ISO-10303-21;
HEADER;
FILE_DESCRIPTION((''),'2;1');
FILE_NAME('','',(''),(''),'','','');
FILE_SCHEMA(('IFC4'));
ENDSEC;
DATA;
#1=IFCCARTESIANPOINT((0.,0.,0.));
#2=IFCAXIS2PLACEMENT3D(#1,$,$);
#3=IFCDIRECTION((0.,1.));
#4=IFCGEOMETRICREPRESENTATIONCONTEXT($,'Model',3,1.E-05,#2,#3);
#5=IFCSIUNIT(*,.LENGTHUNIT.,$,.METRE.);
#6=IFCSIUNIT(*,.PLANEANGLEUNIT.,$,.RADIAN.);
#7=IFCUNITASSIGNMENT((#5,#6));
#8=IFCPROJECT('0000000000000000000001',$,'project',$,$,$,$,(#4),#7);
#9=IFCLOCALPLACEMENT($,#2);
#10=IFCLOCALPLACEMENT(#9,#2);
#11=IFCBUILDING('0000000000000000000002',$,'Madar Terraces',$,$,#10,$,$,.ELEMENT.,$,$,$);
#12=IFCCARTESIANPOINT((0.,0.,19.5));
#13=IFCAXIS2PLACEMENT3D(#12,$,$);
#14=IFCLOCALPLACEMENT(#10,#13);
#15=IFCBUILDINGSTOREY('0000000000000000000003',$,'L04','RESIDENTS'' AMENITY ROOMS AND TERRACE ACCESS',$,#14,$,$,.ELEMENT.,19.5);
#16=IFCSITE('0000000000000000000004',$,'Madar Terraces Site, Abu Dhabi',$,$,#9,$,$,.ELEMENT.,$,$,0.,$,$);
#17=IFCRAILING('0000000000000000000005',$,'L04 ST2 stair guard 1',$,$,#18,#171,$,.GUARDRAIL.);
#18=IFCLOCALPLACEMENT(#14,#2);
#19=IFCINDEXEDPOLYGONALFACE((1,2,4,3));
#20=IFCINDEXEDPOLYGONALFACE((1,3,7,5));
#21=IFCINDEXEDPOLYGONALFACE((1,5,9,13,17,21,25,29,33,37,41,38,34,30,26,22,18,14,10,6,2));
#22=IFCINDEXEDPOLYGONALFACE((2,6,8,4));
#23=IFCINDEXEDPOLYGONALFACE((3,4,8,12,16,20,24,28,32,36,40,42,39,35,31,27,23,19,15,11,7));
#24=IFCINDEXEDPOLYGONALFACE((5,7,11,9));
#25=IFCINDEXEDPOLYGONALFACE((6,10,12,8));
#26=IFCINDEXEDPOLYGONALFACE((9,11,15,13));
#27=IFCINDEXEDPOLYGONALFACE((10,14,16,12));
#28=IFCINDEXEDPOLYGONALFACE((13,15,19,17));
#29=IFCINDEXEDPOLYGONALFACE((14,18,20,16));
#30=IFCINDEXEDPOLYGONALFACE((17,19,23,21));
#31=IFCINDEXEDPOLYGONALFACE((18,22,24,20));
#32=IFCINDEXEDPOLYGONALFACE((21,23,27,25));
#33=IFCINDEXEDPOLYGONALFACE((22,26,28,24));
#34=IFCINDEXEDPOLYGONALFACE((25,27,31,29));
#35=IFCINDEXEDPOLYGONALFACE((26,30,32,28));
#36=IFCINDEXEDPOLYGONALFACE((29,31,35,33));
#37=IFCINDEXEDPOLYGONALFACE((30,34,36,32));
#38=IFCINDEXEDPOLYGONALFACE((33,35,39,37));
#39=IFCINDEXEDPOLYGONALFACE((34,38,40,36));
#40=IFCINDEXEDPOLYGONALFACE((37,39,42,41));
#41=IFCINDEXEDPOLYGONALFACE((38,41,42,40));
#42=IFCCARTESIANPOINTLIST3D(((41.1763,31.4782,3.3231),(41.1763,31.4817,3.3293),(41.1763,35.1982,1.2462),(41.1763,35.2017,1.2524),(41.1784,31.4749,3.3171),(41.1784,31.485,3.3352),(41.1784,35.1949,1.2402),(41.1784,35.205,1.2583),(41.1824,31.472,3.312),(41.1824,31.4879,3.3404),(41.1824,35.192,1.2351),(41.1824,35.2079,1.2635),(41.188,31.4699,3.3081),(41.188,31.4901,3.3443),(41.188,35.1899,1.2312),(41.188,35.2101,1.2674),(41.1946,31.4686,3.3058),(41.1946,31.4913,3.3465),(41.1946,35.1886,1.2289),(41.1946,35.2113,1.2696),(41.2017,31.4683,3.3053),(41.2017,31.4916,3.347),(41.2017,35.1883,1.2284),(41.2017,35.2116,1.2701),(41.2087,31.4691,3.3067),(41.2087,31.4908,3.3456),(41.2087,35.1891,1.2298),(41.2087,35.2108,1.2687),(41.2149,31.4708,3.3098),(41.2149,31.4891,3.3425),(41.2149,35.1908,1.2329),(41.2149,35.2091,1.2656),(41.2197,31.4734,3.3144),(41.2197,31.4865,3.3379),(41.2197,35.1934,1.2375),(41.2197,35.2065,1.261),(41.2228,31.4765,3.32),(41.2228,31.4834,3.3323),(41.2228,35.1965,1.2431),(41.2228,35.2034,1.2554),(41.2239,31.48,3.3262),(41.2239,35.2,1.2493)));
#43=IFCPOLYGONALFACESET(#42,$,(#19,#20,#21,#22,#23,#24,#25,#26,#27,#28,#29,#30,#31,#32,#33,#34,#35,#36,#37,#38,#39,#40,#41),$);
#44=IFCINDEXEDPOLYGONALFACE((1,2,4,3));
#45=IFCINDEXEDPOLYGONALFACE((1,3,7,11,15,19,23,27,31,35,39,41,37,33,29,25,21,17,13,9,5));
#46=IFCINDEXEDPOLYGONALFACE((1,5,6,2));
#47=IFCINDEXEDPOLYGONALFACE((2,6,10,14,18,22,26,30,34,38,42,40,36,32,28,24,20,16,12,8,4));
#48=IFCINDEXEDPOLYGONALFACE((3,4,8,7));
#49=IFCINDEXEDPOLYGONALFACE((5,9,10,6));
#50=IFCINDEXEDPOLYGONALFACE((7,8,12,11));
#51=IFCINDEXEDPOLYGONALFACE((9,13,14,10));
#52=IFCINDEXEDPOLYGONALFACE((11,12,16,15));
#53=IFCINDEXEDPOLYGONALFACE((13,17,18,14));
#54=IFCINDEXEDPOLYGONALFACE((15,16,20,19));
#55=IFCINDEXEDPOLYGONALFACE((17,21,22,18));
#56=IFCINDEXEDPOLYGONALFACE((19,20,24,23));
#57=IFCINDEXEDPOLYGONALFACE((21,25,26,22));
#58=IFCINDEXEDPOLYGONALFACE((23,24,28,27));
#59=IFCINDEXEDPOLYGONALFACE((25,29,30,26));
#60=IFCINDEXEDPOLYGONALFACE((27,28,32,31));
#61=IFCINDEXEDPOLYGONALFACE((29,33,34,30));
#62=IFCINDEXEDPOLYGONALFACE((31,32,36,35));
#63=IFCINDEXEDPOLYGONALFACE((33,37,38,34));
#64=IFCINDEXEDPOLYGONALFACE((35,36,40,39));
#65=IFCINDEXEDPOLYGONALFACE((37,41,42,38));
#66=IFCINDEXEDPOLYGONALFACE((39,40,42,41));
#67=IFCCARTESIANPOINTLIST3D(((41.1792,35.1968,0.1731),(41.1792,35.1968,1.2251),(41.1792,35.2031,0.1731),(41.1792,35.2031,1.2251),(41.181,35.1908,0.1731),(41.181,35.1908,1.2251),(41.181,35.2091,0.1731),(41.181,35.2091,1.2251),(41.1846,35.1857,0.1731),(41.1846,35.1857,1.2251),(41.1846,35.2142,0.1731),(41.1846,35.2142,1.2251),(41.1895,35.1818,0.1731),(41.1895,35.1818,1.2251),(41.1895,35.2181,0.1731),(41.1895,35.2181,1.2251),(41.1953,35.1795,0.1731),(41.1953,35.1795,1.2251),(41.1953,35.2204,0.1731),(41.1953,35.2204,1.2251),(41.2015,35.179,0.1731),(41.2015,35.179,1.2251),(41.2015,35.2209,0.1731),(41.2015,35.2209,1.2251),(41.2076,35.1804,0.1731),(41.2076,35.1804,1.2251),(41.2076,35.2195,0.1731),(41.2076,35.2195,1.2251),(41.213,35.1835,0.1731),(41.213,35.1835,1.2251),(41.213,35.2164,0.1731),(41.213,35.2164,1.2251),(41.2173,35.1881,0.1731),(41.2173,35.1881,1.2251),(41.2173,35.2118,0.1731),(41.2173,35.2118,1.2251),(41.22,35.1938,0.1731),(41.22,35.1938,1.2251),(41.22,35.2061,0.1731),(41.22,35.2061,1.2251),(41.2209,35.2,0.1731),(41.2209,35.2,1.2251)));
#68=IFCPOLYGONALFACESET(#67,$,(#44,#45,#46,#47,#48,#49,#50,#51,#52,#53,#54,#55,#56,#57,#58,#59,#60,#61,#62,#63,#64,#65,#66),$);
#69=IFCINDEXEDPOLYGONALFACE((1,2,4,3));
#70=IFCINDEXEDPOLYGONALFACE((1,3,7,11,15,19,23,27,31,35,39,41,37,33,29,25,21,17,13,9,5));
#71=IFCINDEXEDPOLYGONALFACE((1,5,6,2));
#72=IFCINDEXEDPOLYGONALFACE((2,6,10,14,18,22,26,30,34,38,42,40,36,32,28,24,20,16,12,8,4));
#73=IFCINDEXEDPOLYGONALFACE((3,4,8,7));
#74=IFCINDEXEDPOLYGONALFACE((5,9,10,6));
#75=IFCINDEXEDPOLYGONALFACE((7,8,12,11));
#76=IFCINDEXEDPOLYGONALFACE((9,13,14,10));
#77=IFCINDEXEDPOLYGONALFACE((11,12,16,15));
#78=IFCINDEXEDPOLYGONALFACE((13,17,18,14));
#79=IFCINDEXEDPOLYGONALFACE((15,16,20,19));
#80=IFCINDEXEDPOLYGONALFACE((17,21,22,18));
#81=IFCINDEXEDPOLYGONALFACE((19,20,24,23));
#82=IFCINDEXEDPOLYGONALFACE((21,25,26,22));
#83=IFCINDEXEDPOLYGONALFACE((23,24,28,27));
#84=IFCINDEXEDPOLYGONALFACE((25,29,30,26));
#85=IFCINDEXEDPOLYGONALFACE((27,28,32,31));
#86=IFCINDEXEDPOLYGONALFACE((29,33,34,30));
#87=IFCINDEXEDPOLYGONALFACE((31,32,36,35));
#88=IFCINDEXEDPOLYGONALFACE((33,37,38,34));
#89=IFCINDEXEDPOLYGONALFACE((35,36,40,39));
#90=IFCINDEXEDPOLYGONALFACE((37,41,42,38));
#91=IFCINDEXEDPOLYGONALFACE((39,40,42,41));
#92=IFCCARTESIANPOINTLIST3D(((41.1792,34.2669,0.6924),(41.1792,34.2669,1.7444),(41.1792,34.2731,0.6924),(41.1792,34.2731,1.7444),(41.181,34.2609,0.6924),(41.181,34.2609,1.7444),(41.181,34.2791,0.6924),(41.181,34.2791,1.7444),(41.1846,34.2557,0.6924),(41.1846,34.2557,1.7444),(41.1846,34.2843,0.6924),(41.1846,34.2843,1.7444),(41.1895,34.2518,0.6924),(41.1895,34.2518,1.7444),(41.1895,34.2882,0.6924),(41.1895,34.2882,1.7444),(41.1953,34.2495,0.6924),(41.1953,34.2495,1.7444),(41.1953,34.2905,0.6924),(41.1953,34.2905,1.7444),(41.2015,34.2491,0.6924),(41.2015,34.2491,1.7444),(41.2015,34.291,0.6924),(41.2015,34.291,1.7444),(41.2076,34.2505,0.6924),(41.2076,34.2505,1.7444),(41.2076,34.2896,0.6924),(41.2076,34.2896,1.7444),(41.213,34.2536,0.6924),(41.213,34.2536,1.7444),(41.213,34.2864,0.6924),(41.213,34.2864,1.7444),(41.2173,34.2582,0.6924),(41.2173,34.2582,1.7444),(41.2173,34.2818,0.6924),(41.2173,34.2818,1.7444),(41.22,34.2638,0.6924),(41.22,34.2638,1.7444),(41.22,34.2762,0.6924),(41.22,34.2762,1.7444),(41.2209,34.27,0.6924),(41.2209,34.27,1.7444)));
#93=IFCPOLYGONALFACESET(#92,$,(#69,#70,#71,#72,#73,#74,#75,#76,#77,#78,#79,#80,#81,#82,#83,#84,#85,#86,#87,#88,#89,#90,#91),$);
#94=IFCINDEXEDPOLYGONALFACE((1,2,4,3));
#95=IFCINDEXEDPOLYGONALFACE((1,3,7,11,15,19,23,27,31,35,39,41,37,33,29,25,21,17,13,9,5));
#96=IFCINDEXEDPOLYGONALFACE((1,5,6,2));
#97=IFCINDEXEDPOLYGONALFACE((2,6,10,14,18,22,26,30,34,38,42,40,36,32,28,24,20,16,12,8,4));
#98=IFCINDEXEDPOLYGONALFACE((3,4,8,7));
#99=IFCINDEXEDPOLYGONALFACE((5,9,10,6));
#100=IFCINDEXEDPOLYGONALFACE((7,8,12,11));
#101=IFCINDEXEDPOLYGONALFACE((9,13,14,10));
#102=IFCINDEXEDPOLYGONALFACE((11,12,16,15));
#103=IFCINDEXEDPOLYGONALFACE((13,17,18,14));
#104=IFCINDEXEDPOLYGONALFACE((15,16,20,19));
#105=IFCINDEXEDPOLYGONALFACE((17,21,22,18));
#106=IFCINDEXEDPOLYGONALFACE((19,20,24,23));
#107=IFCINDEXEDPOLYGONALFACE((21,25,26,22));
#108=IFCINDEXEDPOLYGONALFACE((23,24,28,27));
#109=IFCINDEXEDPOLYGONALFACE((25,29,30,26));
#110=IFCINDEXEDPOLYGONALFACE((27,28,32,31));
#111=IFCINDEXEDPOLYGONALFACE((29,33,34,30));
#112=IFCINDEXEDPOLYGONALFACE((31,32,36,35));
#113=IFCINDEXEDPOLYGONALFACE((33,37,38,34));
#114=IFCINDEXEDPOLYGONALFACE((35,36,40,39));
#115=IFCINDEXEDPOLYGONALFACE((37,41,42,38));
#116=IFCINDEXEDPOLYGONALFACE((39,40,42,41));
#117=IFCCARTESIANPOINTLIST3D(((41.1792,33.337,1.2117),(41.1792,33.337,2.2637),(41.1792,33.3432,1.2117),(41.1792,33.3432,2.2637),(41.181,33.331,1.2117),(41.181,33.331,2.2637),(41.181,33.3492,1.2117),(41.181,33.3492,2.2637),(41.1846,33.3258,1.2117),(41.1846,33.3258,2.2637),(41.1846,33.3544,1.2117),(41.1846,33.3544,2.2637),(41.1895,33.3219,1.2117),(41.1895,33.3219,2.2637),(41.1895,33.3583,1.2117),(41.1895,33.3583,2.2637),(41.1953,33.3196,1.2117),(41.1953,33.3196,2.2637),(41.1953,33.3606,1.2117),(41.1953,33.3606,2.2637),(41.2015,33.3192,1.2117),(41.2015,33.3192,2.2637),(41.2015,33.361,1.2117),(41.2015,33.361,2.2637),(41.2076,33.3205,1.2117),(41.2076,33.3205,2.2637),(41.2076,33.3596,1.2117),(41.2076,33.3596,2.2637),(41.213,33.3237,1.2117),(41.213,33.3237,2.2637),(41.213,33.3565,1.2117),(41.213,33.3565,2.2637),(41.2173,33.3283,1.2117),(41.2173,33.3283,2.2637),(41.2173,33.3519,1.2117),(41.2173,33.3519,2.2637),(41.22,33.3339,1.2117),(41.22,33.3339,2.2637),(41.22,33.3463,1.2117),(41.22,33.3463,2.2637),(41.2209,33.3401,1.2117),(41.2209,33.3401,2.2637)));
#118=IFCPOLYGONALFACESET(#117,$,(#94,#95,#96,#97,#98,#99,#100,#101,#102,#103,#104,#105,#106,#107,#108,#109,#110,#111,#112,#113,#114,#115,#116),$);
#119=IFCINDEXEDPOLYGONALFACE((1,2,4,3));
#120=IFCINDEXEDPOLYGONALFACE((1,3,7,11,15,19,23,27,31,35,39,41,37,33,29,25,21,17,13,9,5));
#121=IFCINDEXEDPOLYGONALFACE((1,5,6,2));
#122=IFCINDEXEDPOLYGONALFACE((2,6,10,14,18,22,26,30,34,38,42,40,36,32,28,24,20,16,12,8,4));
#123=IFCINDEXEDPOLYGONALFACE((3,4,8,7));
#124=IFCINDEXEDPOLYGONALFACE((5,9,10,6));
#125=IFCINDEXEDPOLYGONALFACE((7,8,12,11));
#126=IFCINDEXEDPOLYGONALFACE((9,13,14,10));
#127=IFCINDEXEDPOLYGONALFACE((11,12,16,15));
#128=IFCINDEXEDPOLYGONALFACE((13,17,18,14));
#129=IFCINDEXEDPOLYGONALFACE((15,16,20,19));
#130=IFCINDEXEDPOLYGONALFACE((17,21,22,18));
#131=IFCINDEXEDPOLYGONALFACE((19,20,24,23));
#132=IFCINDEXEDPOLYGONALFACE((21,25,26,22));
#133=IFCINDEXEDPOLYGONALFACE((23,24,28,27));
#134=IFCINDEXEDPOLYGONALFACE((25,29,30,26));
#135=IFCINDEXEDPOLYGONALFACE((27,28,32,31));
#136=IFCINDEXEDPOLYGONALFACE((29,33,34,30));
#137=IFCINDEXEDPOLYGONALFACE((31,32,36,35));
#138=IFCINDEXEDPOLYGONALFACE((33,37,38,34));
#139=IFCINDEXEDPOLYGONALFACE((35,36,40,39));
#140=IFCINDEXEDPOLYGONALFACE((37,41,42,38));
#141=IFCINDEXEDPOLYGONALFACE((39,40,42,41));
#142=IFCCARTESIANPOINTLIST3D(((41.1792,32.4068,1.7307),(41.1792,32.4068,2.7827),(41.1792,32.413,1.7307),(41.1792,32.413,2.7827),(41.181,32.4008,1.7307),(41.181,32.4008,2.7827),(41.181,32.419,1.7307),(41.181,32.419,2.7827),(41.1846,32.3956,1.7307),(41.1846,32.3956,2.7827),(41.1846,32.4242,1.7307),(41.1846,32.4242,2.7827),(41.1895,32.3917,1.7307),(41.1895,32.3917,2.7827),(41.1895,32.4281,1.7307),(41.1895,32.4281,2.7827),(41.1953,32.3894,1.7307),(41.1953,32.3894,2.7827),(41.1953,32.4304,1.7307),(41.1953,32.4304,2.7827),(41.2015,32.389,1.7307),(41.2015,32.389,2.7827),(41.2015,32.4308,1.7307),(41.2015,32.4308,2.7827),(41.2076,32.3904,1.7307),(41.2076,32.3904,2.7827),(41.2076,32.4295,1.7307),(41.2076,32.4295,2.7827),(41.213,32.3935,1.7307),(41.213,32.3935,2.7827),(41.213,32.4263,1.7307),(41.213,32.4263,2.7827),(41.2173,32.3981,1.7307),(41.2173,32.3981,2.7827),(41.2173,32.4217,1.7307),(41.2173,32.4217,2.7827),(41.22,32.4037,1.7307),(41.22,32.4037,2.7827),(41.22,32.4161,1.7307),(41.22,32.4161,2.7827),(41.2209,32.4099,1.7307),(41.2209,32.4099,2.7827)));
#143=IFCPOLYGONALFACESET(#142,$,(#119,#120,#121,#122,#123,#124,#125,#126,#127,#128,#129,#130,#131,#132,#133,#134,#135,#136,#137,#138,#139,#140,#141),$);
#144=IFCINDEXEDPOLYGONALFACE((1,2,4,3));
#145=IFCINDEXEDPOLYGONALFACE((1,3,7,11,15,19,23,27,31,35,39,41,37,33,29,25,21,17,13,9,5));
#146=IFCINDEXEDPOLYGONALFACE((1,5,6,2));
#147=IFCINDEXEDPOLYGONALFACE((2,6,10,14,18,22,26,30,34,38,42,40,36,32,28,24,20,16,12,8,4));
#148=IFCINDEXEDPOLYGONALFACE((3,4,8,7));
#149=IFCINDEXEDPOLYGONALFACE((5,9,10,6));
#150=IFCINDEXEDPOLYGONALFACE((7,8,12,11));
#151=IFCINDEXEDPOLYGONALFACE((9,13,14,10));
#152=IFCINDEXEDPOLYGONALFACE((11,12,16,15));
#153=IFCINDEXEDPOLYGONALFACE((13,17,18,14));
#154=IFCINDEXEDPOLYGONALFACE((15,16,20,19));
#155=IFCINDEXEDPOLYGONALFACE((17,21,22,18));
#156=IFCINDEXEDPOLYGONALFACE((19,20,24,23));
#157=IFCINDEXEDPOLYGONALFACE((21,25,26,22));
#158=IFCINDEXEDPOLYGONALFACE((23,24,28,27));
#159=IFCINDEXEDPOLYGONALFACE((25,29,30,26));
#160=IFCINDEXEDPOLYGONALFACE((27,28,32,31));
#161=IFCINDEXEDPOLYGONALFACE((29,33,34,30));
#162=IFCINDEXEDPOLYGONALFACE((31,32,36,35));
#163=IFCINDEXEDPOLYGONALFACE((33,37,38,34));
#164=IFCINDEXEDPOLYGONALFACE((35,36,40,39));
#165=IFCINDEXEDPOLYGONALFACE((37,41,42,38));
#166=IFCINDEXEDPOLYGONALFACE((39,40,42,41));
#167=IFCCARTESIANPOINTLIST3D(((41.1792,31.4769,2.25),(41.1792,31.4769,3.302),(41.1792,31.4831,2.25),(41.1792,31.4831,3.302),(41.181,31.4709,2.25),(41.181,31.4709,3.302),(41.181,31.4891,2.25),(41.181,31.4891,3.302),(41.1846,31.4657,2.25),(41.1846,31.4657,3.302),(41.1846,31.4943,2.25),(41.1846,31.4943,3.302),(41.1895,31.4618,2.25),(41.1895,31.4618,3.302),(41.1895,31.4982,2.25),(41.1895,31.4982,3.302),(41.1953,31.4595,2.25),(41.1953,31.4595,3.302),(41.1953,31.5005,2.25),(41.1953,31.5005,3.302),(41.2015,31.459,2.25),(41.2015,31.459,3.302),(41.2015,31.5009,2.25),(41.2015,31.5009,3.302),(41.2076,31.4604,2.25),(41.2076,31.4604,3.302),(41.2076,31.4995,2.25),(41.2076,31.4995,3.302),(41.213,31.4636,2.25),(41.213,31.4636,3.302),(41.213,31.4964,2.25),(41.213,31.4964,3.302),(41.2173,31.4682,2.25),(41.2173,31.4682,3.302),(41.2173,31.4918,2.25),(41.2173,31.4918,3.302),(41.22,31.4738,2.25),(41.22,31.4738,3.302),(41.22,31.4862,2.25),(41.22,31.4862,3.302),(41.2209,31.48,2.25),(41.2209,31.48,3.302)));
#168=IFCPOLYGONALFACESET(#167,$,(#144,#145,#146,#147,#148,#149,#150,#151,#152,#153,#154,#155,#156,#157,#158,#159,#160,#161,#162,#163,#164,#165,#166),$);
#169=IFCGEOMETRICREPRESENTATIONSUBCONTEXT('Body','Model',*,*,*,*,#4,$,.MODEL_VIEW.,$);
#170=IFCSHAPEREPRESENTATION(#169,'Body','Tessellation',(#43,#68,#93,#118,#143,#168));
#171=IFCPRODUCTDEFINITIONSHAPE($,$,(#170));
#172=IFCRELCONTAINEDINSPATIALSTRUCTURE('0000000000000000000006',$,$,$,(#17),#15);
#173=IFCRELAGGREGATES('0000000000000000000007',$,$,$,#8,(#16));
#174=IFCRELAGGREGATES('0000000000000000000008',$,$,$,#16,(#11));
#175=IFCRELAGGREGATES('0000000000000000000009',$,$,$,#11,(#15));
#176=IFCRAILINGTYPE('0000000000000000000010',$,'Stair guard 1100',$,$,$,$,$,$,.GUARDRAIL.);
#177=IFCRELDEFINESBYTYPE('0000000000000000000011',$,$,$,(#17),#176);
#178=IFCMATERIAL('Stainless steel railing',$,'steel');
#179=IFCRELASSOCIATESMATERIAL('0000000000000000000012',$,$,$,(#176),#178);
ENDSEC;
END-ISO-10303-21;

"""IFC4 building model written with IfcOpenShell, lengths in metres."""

from ifc_helpers import new_model, si_unit, direction, frame, origin, origin_2d, place, context, subcontext, project, spatial, circle, extrude, material, type_object, element, save


model = new_model("IFC4")

# Units and contexts
model_context = context("Model", 3, precision=1e-05, world=origin(), true_north=direction((0.0, 1.0)))
body_context = subcontext(model_context, "Body", "Model", "MODEL_VIEW")
ifc_project = project(units=[si_unit("LENGTHUNIT", "METRE"), si_unit("PLANEANGLEUNIT", "RADIAN")], contexts=[model_context])

# Site, building, storey
site_placement = place(None, origin())
site = spatial("IfcSite", under=ifc_project, at=site_placement, Name="Madar Terraces Site, Abu Dhabi", CompositionType="ELEMENT", RefElevation=0.0)
building_placement = place(site_placement, origin())
building = spatial("IfcBuilding", under=site, at=building_placement, Name="Madar Terraces", CompositionType="ELEMENT")
storey_placement = place(building_placement, frame((0.0, 0.0, 19.5)))
storey = spatial("IfcBuildingStorey", under=building, at=storey_placement, Name="L04", Description="RESIDENTS' AMENITY ROOMS AND TERRACE ACCESS", CompositionType="ELEMENT", Elevation=19.5)

# Railing
ifc_material_1 = material(Name="Stainless steel railing", Category="steel")
railing_type_1 = type_object("IfcRailingType", Name="Stair guard 1100", PredefinedType="GUARDRAIL", material=ifc_material_1)
railing_1_placement = place(storey_placement, frame((41.2, 35.2, 0.1731)))
element("IfcRailing", 1, at=railing_1_placement, inside=storey, type_object=railing_type_1, Name="L04 ST2 stair guard 1", PredefinedType="GUARDRAIL", context=body_context, shape_type="SweptSolid", body=[
    extrude(circle(Radius=0.0239, at=origin_2d()), frame((0.0, 0.0, 1.0762), z_axis=(0.0, -0.873134, 0.487481), x_axis=(1.0, 0.0, 0.0)), (0.0, 0.0, 1.0), 4.2605),
    extrude(circle(Radius=0.021, at=origin_2d()), origin(), (0.0, 0.0, 1.0), 1.052),
    extrude(circle(Radius=0.021, at=origin_2d()), frame((0.0, -0.9299, 0.5193)), (0.0, 0.0, 1.0), 1.052),
    extrude(circle(Radius=0.021, at=origin_2d()), frame((0.0, -1.8599, 1.0386)), (0.0, 0.0, 1.0), 1.052),
    extrude(circle(Radius=0.021, at=origin_2d()), frame((0.0, -2.79, 1.5576)), (0.0, 0.0, 1.0), 1.052),
    extrude(circle(Radius=0.021, at=origin_2d()), frame((0.0, -3.72, 2.0769)), (0.0, 0.0, 1.0), 1.052),
])

save(model, "model.ifc")
